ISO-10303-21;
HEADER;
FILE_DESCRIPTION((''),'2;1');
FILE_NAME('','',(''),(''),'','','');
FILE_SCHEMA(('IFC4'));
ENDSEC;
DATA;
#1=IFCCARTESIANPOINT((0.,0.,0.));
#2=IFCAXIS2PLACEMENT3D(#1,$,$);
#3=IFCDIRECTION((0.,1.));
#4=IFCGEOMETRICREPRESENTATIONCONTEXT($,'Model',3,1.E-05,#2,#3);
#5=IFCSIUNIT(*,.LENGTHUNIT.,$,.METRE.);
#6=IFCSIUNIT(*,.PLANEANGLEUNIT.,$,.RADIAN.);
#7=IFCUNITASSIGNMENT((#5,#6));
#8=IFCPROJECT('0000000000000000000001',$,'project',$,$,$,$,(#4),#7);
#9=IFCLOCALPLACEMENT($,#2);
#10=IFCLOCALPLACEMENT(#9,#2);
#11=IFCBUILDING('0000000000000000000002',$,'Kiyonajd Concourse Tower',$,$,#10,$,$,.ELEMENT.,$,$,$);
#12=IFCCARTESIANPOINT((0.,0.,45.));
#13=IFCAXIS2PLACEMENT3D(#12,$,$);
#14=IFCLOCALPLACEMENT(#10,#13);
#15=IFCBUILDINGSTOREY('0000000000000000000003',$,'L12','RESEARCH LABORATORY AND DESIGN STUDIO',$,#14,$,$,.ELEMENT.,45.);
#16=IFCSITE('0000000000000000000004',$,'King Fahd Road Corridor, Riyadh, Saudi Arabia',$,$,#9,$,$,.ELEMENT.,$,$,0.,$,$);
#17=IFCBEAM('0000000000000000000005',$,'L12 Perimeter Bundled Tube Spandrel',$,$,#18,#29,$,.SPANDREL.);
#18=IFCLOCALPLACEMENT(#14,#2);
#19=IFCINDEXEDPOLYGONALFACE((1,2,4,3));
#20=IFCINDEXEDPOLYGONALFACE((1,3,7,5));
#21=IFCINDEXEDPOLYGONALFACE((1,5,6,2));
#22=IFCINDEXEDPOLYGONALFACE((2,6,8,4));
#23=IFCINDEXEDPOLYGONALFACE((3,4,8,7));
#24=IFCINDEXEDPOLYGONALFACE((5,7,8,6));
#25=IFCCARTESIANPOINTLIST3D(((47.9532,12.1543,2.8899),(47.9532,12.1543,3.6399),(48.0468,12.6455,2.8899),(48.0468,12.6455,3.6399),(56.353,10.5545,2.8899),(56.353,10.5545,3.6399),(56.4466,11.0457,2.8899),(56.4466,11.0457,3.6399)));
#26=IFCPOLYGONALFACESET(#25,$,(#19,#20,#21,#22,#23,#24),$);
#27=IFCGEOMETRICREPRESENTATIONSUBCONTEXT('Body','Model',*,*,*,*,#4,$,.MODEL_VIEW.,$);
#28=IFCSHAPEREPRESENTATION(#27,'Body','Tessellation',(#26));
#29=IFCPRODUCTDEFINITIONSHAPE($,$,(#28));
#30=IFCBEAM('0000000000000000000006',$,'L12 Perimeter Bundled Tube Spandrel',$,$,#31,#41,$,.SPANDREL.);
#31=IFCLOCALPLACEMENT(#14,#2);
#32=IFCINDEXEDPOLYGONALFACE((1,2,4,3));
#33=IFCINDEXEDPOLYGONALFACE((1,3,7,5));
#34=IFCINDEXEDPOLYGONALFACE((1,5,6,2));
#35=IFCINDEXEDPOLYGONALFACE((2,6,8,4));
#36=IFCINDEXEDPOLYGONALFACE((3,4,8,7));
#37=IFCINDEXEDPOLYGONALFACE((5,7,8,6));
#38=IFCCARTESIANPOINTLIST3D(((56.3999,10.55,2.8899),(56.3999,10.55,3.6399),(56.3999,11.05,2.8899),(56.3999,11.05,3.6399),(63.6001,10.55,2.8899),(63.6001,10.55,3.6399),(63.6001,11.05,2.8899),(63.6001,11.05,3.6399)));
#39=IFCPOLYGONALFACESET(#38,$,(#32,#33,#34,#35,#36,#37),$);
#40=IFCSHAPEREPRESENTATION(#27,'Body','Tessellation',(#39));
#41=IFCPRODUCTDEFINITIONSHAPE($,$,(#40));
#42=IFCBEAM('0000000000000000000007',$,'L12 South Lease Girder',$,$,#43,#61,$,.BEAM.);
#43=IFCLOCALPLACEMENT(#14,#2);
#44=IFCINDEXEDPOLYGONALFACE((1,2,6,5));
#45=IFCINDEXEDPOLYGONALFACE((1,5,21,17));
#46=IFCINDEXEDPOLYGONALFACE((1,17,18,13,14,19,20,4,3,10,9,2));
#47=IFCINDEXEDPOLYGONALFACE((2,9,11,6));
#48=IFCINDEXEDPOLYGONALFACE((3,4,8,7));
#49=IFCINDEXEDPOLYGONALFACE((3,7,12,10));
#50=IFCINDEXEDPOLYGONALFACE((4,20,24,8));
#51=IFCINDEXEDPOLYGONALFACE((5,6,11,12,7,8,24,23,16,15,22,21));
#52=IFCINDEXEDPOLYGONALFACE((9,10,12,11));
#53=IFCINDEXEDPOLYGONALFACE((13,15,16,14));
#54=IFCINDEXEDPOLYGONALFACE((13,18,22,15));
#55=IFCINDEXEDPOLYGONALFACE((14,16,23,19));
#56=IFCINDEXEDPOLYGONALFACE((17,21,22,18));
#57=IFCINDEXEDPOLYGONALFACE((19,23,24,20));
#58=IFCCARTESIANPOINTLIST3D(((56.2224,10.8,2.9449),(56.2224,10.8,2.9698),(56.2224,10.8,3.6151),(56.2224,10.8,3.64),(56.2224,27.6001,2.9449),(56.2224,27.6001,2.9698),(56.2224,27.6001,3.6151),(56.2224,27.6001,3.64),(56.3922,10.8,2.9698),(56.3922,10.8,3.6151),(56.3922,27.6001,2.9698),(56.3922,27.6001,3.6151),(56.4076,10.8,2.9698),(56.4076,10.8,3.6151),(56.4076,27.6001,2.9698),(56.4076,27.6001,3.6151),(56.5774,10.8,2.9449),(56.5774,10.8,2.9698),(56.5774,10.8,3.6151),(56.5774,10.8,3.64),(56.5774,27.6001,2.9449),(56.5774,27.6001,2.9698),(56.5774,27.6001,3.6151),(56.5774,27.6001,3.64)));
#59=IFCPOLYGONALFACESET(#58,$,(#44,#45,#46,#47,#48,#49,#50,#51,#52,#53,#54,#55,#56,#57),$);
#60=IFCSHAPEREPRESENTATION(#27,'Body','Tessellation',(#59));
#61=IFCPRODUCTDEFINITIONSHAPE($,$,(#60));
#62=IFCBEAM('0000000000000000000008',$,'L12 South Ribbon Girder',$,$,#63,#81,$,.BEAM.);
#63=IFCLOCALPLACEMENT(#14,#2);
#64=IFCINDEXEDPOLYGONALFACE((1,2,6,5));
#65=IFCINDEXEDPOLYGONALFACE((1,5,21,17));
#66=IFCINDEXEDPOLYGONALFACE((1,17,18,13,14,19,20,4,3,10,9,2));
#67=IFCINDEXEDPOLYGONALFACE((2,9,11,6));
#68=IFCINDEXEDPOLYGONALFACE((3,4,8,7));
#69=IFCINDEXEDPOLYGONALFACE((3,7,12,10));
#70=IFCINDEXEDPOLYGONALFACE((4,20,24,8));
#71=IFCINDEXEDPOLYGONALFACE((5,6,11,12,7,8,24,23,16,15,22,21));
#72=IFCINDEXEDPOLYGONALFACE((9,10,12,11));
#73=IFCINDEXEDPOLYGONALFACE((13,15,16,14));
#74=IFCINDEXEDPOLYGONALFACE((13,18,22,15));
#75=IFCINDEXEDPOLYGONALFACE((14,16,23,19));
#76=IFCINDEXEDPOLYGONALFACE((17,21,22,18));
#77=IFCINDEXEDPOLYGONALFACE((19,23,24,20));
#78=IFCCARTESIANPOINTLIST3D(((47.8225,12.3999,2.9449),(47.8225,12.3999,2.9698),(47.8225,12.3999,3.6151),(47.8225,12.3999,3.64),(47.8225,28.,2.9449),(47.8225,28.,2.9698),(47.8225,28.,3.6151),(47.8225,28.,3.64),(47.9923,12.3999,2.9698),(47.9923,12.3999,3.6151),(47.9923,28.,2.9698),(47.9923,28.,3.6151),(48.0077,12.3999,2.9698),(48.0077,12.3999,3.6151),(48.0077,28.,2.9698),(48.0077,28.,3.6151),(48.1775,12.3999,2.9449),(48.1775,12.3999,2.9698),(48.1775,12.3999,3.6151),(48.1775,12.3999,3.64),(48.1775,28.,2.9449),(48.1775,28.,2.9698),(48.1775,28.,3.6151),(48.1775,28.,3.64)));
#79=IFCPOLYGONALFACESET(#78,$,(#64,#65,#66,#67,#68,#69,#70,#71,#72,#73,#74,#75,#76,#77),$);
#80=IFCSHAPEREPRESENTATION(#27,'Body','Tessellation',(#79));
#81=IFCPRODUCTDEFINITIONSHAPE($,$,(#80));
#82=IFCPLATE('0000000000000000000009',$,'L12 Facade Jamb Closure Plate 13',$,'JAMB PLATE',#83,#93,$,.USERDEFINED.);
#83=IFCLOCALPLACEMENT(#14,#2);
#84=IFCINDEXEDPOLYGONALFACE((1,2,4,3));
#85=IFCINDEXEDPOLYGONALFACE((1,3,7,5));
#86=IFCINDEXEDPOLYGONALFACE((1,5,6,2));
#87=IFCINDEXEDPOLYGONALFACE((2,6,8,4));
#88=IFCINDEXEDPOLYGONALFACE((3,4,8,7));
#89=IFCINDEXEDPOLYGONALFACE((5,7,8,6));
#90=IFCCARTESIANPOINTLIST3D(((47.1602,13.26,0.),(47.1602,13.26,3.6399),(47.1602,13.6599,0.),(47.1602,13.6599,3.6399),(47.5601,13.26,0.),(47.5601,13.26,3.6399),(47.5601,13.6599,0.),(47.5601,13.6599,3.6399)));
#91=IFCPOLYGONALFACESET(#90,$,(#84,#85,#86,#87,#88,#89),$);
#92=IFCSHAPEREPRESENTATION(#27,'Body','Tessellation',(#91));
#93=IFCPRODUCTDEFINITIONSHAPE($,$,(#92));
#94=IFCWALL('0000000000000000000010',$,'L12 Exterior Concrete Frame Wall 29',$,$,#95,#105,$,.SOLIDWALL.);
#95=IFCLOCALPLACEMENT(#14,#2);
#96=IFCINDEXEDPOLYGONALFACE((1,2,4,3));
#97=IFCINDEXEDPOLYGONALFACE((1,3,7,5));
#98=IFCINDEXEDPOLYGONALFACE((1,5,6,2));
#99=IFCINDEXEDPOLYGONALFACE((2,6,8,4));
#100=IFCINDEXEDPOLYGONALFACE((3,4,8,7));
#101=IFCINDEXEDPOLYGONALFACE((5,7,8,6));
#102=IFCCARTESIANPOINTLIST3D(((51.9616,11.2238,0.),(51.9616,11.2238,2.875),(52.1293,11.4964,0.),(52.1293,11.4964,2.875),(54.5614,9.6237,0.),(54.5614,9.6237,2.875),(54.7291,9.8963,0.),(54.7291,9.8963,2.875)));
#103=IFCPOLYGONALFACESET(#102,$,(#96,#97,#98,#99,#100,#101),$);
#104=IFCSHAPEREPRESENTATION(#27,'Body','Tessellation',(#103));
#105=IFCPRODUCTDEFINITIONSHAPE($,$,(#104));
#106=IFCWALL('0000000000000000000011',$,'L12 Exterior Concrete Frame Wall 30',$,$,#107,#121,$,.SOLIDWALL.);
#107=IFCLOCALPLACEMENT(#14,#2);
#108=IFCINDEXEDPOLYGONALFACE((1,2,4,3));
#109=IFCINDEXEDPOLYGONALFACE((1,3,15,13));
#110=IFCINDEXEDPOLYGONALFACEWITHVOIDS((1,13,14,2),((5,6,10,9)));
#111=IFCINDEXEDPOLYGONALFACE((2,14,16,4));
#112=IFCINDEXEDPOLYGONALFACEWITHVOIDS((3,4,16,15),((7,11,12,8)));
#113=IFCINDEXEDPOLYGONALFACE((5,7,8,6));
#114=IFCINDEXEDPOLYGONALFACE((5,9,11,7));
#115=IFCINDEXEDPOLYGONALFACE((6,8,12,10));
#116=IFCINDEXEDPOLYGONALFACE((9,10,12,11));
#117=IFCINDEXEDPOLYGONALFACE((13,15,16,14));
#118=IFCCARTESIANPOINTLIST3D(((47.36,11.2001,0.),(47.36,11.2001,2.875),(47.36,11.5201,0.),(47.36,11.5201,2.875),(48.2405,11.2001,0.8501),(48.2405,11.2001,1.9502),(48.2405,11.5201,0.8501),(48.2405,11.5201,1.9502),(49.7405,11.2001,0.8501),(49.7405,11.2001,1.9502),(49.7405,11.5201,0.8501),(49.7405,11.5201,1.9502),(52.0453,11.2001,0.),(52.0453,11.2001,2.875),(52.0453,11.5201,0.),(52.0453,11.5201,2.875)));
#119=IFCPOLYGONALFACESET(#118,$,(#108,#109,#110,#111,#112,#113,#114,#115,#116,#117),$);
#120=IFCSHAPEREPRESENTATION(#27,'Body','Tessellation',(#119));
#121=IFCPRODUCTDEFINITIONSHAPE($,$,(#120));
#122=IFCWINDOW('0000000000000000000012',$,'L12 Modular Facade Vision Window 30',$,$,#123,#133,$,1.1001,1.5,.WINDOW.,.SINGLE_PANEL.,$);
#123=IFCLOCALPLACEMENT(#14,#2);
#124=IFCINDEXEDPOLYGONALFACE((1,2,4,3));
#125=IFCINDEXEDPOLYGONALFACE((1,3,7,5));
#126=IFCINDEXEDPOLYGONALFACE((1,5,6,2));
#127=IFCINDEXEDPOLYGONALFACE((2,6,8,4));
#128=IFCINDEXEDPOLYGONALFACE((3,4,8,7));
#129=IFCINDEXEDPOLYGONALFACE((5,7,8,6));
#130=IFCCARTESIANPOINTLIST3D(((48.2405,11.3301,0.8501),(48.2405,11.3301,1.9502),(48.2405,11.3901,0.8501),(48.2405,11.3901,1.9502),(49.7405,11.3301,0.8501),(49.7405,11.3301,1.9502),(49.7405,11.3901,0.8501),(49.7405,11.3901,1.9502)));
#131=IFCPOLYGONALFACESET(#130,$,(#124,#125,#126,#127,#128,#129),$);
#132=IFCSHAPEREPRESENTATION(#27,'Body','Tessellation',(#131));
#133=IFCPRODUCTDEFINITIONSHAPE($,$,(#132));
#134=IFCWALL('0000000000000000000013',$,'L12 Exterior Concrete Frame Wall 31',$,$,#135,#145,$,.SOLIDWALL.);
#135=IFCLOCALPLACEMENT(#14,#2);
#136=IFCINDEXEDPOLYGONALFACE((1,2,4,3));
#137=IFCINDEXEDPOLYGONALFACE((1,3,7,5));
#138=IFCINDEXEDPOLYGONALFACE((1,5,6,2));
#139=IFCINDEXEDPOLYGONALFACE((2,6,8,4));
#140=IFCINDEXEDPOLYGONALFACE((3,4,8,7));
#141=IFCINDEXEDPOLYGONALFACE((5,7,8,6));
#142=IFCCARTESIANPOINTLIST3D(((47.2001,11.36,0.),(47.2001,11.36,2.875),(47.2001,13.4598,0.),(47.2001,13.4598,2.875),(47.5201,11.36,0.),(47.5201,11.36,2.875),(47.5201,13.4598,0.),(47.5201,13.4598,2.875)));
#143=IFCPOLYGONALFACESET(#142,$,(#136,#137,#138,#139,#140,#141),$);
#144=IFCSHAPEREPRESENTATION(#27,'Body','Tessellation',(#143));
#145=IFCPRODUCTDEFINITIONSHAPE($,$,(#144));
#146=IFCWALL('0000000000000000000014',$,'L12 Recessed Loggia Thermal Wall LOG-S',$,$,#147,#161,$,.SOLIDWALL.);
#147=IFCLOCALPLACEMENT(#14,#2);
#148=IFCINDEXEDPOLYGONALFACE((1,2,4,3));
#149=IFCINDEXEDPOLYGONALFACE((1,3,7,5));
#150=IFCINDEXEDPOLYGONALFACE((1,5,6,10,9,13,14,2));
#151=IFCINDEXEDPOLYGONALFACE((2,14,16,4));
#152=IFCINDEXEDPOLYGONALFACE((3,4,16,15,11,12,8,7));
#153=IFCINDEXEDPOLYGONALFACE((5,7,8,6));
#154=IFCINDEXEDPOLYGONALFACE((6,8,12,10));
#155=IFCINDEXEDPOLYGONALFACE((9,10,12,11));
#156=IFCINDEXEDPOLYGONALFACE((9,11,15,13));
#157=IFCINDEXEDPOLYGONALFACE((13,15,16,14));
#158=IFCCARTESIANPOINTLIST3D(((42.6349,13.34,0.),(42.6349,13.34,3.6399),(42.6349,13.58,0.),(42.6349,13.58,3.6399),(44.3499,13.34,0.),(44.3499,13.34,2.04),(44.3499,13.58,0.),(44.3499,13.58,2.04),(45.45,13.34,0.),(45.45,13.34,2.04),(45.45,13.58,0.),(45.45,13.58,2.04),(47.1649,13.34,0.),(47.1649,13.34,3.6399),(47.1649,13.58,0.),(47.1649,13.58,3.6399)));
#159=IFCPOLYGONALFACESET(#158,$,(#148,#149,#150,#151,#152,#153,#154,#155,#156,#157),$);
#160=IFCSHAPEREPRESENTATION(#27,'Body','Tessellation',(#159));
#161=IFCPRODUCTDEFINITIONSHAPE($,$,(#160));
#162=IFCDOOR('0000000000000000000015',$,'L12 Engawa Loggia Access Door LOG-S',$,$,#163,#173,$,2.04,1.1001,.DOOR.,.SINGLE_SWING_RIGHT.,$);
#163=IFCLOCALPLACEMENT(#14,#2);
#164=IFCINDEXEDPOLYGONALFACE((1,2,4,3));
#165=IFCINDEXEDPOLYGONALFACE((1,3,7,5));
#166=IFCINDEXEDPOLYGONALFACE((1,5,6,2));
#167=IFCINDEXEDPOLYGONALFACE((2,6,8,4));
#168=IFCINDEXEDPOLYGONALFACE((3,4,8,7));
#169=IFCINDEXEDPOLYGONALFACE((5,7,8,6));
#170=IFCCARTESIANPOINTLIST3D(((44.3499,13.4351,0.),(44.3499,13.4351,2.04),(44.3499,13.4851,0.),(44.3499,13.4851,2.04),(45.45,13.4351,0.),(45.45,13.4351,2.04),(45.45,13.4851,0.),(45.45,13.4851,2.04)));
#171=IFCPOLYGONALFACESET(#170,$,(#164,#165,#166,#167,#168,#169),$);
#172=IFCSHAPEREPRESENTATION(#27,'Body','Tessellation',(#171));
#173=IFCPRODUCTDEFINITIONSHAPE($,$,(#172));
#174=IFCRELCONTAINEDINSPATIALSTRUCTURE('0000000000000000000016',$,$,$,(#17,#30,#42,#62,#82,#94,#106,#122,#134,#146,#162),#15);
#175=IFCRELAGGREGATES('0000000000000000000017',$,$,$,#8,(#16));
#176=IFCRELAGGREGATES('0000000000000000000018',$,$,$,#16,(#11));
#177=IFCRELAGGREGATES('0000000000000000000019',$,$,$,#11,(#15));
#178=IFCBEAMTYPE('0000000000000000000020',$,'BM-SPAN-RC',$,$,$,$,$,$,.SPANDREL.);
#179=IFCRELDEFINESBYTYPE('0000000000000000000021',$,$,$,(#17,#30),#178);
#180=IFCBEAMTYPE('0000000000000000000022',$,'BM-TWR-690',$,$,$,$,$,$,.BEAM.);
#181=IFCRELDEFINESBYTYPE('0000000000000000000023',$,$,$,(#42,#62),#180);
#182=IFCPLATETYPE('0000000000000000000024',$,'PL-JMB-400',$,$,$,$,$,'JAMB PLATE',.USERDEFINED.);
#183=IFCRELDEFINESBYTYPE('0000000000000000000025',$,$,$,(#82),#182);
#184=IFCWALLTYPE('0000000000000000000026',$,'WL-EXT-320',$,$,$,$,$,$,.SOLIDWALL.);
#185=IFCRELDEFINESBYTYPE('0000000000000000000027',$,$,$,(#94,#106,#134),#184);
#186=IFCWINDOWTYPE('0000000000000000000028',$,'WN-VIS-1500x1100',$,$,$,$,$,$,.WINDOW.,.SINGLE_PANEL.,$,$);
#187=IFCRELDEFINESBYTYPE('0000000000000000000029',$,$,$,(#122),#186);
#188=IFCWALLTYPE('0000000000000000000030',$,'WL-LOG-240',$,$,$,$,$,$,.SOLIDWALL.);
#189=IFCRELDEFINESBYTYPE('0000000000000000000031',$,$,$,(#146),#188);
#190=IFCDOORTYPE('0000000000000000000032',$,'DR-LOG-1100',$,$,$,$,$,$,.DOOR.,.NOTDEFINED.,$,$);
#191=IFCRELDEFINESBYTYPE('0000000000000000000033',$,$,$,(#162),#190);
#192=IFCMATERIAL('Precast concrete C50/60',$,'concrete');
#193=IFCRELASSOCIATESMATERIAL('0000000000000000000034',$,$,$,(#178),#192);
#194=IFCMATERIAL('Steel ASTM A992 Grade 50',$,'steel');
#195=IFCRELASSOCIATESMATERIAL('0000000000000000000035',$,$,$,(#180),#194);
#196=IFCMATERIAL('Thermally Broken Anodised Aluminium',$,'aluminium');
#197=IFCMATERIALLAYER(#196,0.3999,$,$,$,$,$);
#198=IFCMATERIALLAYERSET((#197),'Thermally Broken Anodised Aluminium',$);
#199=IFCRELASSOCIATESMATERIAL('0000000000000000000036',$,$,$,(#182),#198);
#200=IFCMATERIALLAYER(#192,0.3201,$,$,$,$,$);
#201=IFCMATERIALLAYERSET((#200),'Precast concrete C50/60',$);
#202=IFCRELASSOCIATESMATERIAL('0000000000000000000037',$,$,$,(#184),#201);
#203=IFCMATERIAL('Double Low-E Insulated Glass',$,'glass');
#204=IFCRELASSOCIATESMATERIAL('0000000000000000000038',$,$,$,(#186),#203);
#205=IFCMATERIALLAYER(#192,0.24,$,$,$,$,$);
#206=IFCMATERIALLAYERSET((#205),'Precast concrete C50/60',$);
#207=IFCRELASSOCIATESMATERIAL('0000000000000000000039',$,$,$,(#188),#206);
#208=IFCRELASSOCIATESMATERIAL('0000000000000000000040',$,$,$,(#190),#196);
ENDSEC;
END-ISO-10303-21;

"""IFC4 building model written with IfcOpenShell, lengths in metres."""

from ifc_helpers import new_model, si_unit, direction, frame, frame_2d, origin, origin_2d, place, context, subcontext, project, spatial, rectangle, i_section, extrude, material, layer, layer_set, material_profile, profile_set, type_object, element, fill, save


model = new_model("IFC4")

# Units and contexts
model_context = context("Model", 3, precision=1e-05, world=origin(), true_north=direction((0.0, 1.0)))
body_context = subcontext(model_context, "Body", "Model", "MODEL_VIEW")
ifc_project = project(units=[si_unit("LENGTHUNIT", "METRE"), si_unit("PLANEANGLEUNIT", "RADIAN")], contexts=[model_context])

# Site, building, storey
site_placement = place(None, origin())
site = spatial("IfcSite", under=ifc_project, at=site_placement, Name="King Fahd Road Corridor, Riyadh, Saudi Arabia", CompositionType="ELEMENT", RefElevation=0.0)
building_placement = place(site_placement, origin())
building = spatial("IfcBuilding", under=site, at=building_placement, Name="Kiyonajd Concourse Tower", CompositionType="ELEMENT")
storey_placement = place(building_placement, frame((0.0, 0.0, 45.0)))
storey = spatial("IfcBuildingStorey", under=building, at=storey_placement, Name="L12", Description="RESEARCH LABORATORY AND DESIGN STUDIO", CompositionType="ELEMENT", Elevation=45.0)

# Beams
ifc_material_1 = material(Name="Steel ASTM A992 Grade 50", Category="steel")
ifc_material_2 = material(Name="Precast concrete C50/60", Category="concrete")
ifc_material_profile_1 = material_profile(ifc_material_2, rectangle(XDim=0.5, YDim=0.75, at=origin_2d()), Name="RCBM-500x750")
ifc_profile_set_1 = profile_set([ifc_material_profile_1], Name="Precast concrete C50/60")
beam_type_1 = type_object("IfcBeamType", Name="BM-SPAN-RC", PredefinedType="SPANDREL", material=ifc_profile_set_1)
beam_1_placement = place(storey_placement, frame((48.0, 12.3999, 3.2649), z_axis=(0.982341, -0.187098, 0.0), x_axis=(0.187098, 0.982341, 0.0)))
element("IfcBeam", 1, at=beam_1_placement, inside=storey, type_object=beam_type_1, Name="L12 Perimeter Bundled Tube Spandrel", PredefinedType="SPANDREL", context=body_context, shape_type="SweptSolid", body=[
    extrude(rectangle(XDim=0.5, YDim=0.75, at=origin_2d()), origin(), (0.0, 0.0, 1.0), 8.5508),
])
beam_2_placement = place(storey_placement, frame((56.3999, 10.8, 3.2649), z_axis=(1.0, 0.0, 0.0), x_axis=(0.0, 1.0, 0.0)))
element("IfcBeam", 2, at=beam_2_placement, inside=storey, type_object=beam_type_1, Name="L12 Perimeter Bundled Tube Spandrel", PredefinedType="SPANDREL", context=body_context, shape_type="SweptSolid", body=[
    extrude(rectangle(XDim=0.5, YDim=0.75, at=origin_2d()), origin(), (0.0, 0.0, 1.0), 7.2002),
])
ifc_material_profile_2 = material_profile(ifc_material_1, i_section(OverallWidth=0.355, OverallDepth=0.6951, WebThickness=0.0154, FlangeThickness=0.0249, at=origin_2d()), Name="W690X217")
ifc_profile_set_2 = profile_set([ifc_material_profile_2], Name="Steel ASTM A992 Grade 50")
beam_type_2 = type_object("IfcBeamType", Name="BM-TWR-690", PredefinedType="BEAM", material=ifc_profile_set_2)
beam_3_placement = place(storey_placement, frame((56.3999, 10.8, 3.2925), z_axis=(0.0, 1.0, 0.0), x_axis=(-1.0, 0.0, 0.0)))
element("IfcBeam", 3, at=beam_3_placement, inside=storey, type_object=beam_type_2, Name="L12 South Lease Girder", PredefinedType="BEAM", context=body_context, shape_type="SweptSolid", body=[
    extrude(i_section(OverallWidth=0.355, OverallDepth=0.6951, WebThickness=0.0154, FlangeThickness=0.0249, at=origin_2d()), origin(), (0.0, 0.0, 1.0), 16.8),
])
beam_4_placement = place(storey_placement, frame((48.0, 12.3999, 3.2925), z_axis=(0.0, 1.0, 0.0), x_axis=(-1.0, 0.0, 0.0)))
element("IfcBeam", 4, at=beam_4_placement, inside=storey, type_object=beam_type_2, Name="L12 South Ribbon Girder", PredefinedType="BEAM", context=body_context, shape_type="SweptSolid", body=[
    extrude(i_section(OverallWidth=0.355, OverallDepth=0.6951, WebThickness=0.0154, FlangeThickness=0.0249, at=origin_2d()), origin(), (0.0, 0.0, 1.0), 15.6001),
])

# Plate
ifc_material_3 = material(Name="Thermally Broken Anodised Aluminium", Category="aluminium")
ifc_layer_1 = layer(ifc_material_3, 0.3999)
ifc_layer_set_1 = layer_set([ifc_layer_1], Name="Thermally Broken Anodised Aluminium")
plate_type = type_object("IfcPlateType", Name="PL-JMB-400", ElementType="JAMB PLATE", PredefinedType="USERDEFINED", material=ifc_layer_set_1)
plate_placement = place(storey_placement, frame((47.3601, 13.46, 0.0), z_axis=(0.0, 0.0, 1.0), x_axis=(1.0, 0.0, 0.0)))
element("IfcPlate", 5, at=plate_placement, inside=storey, type_object=plate_type, Name="L12 Facade Jamb Closure Plate 13", ObjectType="JAMB PLATE", PredefinedType="USERDEFINED", context=body_context, shape_type="SweptSolid", body=[
    extrude(rectangle(XDim=0.3999, YDim=0.3999, at=origin_2d()), origin(), (0.0, 0.0, 1.0), 3.6399),
])

# Wall
ifc_layer_2 = layer(ifc_material_2, 0.3201)
ifc_layer_set_2 = layer_set([ifc_layer_2], Name="Precast concrete C50/60")
wall_type_1 = type_object("IfcWallType", Name="WL-EXT-320", PredefinedType="SOLIDWALL", material=ifc_layer_set_2)
wall_1_placement = place(storey_placement, frame((54.6453, 9.76, 0.0), z_axis=(0.0, 0.0, 1.0), x_axis=(-0.851631, 0.524142, 0.0)))
element("IfcWall", 6, at=wall_1_placement, inside=storey, type_object=wall_type_1, Name="L12 Exterior Concrete Frame Wall 29", PredefinedType="SOLIDWALL", context=body_context, shape_type="SweptSolid", body=[
    extrude(rectangle(XDim=3.0527, YDim=0.3201, at=frame_2d((1.5264, 0.0))), origin(), (0.0, 0.0, 1.0), 2.875),
])

# Wall, opening, window
wall_2_placement = place(storey_placement, frame((52.0454, 11.3601, 0.0), z_axis=(0.0, 0.0, 1.0), x_axis=(-1.0, 0.0, 0.0)))
wall_2 = element("IfcWall", 7, at=wall_2_placement, inside=storey, type_object=wall_type_1, Name="L12 Exterior Concrete Frame Wall 30", PredefinedType="SOLIDWALL", context=body_context, shape_type="SweptSolid", body=[
    extrude(rectangle(XDim=4.6853, YDim=0.3201, at=frame_2d((2.3428, 0.0))), origin(), (0.0, 0.0, 1.0), 2.875),
])
opening_1_placement = place(wall_2_placement, frame((2.3049, 0.0, 0.8501)))
opening_1 = element("IfcOpeningElement", 8, at=opening_1_placement, cuts=wall_2, PredefinedType="OPENING", context=body_context, shape_type="SweptSolid", body=[
    extrude(rectangle(XDim=1.5, YDim=1.1001, at=frame_2d((0.75, 0.55))), frame((0.0, 0.1699, 0.0), z_axis=(0.0, -1.0, 0.0), x_axis=(1.0, 0.0, 0.0)), (0.0, 0.0, 1.0), 0.3401),
])
ifc_material_4 = material(Name="Double Low-E Insulated Glass", Category="glass")
window_type = type_object("IfcWindowType", Name="WN-VIS-1500x1100", PartitioningType="SINGLE_PANEL", PredefinedType="WINDOW", material=ifc_material_4)
window_placement = place(opening_1_placement, origin())
window = element("IfcWindow", 9, at=window_placement, inside=storey, type_object=window_type, Name="L12 Modular Facade Vision Window 30", OverallHeight=1.1001, OverallWidth=1.5, PartitioningType="SINGLE_PANEL", PredefinedType="WINDOW", context=body_context, shape_type="SweptSolid", body=[
    extrude(rectangle(XDim=1.5, YDim=1.1001, at=frame_2d((0.75, 0.55))), frame((0.0, 0.03, 0.0), z_axis=(0.0, -1.0, 0.0), x_axis=(1.0, 0.0, 0.0)), (0.0, 0.0, 1.0), 0.0601),
])
fill(opening_1, window)

# Wall
wall_3_placement = place(storey_placement, frame((47.3601, 11.3601, 0.0), z_axis=(0.0, 0.0, 1.0), x_axis=(0.0, 1.0, 0.0)))
element("IfcWall", 10, at=wall_3_placement, inside=storey, type_object=wall_type_1, Name="L12 Exterior Concrete Frame Wall 31", PredefinedType="SOLIDWALL", context=body_context, shape_type="SweptSolid", body=[
    extrude(rectangle(XDim=2.0999, YDim=0.3201, at=frame_2d((1.0498, 0.0))), origin(), (0.0, 0.0, 1.0), 2.875),
])

# Wall, opening, door
ifc_layer_3 = layer(ifc_material_2, 0.24)
ifc_layer_set_3 = layer_set([ifc_layer_3], Name="Precast concrete C50/60")
wall_type_2 = type_object("IfcWallType", Name="WL-LOG-240", PredefinedType="SOLIDWALL", material=ifc_layer_set_3)
wall_4_placement = place(storey_placement, frame((47.165, 13.46, 0.0), z_axis=(0.0, 0.0, 1.0), x_axis=(-1.0, 0.0, 0.0)))
wall_4 = element("IfcWall", 11, at=wall_4_placement, inside=storey, type_object=wall_type_2, Name="L12 Recessed Loggia Thermal Wall LOG-S", PredefinedType="SOLIDWALL", context=body_context, shape_type="SweptSolid", body=[
    extrude(rectangle(XDim=4.53, YDim=0.24, at=frame_2d((2.2651, 0.0))), origin(), (0.0, 0.0, 1.0), 3.6399),
])
opening_2_placement = place(wall_4_placement, frame((1.7151, 0.0, 0.0)))
opening_2 = element("IfcOpeningElement", 12, at=opening_2_placement, cuts=wall_4, PredefinedType="OPENING", context=body_context, shape_type="SweptSolid", body=[
    extrude(rectangle(XDim=1.1001, YDim=2.04, at=frame_2d((0.55, 1.02))), frame((0.0, 0.1299, 0.0), z_axis=(0.0, -1.0, 0.0), x_axis=(1.0, 0.0, 0.0)), (0.0, 0.0, 1.0), 0.26),
])
door_type = type_object("IfcDoorType", Name="DR-LOG-1100", OperationType="NOTDEFINED", PredefinedType="DOOR", material=ifc_material_3)
door_placement = place(opening_2_placement, origin())
door = element("IfcDoor", 13, at=door_placement, inside=storey, type_object=door_type, Name="L12 Engawa Loggia Access Door LOG-S", OperationType="SINGLE_SWING_RIGHT", OverallHeight=2.04, OverallWidth=1.1001, PredefinedType="DOOR", context=body_context, shape_type="SweptSolid", body=[
    extrude(rectangle(XDim=1.1001, YDim=2.04, at=frame_2d((0.55, 1.02))), frame((0.0, 0.0249, 0.0), z_axis=(0.0, -1.0, 0.0), x_axis=(1.0, 0.0, 0.0)), (0.0, 0.0, 1.0), 0.05),
])
fill(opening_2, door)

save(model, "model.ifc")
